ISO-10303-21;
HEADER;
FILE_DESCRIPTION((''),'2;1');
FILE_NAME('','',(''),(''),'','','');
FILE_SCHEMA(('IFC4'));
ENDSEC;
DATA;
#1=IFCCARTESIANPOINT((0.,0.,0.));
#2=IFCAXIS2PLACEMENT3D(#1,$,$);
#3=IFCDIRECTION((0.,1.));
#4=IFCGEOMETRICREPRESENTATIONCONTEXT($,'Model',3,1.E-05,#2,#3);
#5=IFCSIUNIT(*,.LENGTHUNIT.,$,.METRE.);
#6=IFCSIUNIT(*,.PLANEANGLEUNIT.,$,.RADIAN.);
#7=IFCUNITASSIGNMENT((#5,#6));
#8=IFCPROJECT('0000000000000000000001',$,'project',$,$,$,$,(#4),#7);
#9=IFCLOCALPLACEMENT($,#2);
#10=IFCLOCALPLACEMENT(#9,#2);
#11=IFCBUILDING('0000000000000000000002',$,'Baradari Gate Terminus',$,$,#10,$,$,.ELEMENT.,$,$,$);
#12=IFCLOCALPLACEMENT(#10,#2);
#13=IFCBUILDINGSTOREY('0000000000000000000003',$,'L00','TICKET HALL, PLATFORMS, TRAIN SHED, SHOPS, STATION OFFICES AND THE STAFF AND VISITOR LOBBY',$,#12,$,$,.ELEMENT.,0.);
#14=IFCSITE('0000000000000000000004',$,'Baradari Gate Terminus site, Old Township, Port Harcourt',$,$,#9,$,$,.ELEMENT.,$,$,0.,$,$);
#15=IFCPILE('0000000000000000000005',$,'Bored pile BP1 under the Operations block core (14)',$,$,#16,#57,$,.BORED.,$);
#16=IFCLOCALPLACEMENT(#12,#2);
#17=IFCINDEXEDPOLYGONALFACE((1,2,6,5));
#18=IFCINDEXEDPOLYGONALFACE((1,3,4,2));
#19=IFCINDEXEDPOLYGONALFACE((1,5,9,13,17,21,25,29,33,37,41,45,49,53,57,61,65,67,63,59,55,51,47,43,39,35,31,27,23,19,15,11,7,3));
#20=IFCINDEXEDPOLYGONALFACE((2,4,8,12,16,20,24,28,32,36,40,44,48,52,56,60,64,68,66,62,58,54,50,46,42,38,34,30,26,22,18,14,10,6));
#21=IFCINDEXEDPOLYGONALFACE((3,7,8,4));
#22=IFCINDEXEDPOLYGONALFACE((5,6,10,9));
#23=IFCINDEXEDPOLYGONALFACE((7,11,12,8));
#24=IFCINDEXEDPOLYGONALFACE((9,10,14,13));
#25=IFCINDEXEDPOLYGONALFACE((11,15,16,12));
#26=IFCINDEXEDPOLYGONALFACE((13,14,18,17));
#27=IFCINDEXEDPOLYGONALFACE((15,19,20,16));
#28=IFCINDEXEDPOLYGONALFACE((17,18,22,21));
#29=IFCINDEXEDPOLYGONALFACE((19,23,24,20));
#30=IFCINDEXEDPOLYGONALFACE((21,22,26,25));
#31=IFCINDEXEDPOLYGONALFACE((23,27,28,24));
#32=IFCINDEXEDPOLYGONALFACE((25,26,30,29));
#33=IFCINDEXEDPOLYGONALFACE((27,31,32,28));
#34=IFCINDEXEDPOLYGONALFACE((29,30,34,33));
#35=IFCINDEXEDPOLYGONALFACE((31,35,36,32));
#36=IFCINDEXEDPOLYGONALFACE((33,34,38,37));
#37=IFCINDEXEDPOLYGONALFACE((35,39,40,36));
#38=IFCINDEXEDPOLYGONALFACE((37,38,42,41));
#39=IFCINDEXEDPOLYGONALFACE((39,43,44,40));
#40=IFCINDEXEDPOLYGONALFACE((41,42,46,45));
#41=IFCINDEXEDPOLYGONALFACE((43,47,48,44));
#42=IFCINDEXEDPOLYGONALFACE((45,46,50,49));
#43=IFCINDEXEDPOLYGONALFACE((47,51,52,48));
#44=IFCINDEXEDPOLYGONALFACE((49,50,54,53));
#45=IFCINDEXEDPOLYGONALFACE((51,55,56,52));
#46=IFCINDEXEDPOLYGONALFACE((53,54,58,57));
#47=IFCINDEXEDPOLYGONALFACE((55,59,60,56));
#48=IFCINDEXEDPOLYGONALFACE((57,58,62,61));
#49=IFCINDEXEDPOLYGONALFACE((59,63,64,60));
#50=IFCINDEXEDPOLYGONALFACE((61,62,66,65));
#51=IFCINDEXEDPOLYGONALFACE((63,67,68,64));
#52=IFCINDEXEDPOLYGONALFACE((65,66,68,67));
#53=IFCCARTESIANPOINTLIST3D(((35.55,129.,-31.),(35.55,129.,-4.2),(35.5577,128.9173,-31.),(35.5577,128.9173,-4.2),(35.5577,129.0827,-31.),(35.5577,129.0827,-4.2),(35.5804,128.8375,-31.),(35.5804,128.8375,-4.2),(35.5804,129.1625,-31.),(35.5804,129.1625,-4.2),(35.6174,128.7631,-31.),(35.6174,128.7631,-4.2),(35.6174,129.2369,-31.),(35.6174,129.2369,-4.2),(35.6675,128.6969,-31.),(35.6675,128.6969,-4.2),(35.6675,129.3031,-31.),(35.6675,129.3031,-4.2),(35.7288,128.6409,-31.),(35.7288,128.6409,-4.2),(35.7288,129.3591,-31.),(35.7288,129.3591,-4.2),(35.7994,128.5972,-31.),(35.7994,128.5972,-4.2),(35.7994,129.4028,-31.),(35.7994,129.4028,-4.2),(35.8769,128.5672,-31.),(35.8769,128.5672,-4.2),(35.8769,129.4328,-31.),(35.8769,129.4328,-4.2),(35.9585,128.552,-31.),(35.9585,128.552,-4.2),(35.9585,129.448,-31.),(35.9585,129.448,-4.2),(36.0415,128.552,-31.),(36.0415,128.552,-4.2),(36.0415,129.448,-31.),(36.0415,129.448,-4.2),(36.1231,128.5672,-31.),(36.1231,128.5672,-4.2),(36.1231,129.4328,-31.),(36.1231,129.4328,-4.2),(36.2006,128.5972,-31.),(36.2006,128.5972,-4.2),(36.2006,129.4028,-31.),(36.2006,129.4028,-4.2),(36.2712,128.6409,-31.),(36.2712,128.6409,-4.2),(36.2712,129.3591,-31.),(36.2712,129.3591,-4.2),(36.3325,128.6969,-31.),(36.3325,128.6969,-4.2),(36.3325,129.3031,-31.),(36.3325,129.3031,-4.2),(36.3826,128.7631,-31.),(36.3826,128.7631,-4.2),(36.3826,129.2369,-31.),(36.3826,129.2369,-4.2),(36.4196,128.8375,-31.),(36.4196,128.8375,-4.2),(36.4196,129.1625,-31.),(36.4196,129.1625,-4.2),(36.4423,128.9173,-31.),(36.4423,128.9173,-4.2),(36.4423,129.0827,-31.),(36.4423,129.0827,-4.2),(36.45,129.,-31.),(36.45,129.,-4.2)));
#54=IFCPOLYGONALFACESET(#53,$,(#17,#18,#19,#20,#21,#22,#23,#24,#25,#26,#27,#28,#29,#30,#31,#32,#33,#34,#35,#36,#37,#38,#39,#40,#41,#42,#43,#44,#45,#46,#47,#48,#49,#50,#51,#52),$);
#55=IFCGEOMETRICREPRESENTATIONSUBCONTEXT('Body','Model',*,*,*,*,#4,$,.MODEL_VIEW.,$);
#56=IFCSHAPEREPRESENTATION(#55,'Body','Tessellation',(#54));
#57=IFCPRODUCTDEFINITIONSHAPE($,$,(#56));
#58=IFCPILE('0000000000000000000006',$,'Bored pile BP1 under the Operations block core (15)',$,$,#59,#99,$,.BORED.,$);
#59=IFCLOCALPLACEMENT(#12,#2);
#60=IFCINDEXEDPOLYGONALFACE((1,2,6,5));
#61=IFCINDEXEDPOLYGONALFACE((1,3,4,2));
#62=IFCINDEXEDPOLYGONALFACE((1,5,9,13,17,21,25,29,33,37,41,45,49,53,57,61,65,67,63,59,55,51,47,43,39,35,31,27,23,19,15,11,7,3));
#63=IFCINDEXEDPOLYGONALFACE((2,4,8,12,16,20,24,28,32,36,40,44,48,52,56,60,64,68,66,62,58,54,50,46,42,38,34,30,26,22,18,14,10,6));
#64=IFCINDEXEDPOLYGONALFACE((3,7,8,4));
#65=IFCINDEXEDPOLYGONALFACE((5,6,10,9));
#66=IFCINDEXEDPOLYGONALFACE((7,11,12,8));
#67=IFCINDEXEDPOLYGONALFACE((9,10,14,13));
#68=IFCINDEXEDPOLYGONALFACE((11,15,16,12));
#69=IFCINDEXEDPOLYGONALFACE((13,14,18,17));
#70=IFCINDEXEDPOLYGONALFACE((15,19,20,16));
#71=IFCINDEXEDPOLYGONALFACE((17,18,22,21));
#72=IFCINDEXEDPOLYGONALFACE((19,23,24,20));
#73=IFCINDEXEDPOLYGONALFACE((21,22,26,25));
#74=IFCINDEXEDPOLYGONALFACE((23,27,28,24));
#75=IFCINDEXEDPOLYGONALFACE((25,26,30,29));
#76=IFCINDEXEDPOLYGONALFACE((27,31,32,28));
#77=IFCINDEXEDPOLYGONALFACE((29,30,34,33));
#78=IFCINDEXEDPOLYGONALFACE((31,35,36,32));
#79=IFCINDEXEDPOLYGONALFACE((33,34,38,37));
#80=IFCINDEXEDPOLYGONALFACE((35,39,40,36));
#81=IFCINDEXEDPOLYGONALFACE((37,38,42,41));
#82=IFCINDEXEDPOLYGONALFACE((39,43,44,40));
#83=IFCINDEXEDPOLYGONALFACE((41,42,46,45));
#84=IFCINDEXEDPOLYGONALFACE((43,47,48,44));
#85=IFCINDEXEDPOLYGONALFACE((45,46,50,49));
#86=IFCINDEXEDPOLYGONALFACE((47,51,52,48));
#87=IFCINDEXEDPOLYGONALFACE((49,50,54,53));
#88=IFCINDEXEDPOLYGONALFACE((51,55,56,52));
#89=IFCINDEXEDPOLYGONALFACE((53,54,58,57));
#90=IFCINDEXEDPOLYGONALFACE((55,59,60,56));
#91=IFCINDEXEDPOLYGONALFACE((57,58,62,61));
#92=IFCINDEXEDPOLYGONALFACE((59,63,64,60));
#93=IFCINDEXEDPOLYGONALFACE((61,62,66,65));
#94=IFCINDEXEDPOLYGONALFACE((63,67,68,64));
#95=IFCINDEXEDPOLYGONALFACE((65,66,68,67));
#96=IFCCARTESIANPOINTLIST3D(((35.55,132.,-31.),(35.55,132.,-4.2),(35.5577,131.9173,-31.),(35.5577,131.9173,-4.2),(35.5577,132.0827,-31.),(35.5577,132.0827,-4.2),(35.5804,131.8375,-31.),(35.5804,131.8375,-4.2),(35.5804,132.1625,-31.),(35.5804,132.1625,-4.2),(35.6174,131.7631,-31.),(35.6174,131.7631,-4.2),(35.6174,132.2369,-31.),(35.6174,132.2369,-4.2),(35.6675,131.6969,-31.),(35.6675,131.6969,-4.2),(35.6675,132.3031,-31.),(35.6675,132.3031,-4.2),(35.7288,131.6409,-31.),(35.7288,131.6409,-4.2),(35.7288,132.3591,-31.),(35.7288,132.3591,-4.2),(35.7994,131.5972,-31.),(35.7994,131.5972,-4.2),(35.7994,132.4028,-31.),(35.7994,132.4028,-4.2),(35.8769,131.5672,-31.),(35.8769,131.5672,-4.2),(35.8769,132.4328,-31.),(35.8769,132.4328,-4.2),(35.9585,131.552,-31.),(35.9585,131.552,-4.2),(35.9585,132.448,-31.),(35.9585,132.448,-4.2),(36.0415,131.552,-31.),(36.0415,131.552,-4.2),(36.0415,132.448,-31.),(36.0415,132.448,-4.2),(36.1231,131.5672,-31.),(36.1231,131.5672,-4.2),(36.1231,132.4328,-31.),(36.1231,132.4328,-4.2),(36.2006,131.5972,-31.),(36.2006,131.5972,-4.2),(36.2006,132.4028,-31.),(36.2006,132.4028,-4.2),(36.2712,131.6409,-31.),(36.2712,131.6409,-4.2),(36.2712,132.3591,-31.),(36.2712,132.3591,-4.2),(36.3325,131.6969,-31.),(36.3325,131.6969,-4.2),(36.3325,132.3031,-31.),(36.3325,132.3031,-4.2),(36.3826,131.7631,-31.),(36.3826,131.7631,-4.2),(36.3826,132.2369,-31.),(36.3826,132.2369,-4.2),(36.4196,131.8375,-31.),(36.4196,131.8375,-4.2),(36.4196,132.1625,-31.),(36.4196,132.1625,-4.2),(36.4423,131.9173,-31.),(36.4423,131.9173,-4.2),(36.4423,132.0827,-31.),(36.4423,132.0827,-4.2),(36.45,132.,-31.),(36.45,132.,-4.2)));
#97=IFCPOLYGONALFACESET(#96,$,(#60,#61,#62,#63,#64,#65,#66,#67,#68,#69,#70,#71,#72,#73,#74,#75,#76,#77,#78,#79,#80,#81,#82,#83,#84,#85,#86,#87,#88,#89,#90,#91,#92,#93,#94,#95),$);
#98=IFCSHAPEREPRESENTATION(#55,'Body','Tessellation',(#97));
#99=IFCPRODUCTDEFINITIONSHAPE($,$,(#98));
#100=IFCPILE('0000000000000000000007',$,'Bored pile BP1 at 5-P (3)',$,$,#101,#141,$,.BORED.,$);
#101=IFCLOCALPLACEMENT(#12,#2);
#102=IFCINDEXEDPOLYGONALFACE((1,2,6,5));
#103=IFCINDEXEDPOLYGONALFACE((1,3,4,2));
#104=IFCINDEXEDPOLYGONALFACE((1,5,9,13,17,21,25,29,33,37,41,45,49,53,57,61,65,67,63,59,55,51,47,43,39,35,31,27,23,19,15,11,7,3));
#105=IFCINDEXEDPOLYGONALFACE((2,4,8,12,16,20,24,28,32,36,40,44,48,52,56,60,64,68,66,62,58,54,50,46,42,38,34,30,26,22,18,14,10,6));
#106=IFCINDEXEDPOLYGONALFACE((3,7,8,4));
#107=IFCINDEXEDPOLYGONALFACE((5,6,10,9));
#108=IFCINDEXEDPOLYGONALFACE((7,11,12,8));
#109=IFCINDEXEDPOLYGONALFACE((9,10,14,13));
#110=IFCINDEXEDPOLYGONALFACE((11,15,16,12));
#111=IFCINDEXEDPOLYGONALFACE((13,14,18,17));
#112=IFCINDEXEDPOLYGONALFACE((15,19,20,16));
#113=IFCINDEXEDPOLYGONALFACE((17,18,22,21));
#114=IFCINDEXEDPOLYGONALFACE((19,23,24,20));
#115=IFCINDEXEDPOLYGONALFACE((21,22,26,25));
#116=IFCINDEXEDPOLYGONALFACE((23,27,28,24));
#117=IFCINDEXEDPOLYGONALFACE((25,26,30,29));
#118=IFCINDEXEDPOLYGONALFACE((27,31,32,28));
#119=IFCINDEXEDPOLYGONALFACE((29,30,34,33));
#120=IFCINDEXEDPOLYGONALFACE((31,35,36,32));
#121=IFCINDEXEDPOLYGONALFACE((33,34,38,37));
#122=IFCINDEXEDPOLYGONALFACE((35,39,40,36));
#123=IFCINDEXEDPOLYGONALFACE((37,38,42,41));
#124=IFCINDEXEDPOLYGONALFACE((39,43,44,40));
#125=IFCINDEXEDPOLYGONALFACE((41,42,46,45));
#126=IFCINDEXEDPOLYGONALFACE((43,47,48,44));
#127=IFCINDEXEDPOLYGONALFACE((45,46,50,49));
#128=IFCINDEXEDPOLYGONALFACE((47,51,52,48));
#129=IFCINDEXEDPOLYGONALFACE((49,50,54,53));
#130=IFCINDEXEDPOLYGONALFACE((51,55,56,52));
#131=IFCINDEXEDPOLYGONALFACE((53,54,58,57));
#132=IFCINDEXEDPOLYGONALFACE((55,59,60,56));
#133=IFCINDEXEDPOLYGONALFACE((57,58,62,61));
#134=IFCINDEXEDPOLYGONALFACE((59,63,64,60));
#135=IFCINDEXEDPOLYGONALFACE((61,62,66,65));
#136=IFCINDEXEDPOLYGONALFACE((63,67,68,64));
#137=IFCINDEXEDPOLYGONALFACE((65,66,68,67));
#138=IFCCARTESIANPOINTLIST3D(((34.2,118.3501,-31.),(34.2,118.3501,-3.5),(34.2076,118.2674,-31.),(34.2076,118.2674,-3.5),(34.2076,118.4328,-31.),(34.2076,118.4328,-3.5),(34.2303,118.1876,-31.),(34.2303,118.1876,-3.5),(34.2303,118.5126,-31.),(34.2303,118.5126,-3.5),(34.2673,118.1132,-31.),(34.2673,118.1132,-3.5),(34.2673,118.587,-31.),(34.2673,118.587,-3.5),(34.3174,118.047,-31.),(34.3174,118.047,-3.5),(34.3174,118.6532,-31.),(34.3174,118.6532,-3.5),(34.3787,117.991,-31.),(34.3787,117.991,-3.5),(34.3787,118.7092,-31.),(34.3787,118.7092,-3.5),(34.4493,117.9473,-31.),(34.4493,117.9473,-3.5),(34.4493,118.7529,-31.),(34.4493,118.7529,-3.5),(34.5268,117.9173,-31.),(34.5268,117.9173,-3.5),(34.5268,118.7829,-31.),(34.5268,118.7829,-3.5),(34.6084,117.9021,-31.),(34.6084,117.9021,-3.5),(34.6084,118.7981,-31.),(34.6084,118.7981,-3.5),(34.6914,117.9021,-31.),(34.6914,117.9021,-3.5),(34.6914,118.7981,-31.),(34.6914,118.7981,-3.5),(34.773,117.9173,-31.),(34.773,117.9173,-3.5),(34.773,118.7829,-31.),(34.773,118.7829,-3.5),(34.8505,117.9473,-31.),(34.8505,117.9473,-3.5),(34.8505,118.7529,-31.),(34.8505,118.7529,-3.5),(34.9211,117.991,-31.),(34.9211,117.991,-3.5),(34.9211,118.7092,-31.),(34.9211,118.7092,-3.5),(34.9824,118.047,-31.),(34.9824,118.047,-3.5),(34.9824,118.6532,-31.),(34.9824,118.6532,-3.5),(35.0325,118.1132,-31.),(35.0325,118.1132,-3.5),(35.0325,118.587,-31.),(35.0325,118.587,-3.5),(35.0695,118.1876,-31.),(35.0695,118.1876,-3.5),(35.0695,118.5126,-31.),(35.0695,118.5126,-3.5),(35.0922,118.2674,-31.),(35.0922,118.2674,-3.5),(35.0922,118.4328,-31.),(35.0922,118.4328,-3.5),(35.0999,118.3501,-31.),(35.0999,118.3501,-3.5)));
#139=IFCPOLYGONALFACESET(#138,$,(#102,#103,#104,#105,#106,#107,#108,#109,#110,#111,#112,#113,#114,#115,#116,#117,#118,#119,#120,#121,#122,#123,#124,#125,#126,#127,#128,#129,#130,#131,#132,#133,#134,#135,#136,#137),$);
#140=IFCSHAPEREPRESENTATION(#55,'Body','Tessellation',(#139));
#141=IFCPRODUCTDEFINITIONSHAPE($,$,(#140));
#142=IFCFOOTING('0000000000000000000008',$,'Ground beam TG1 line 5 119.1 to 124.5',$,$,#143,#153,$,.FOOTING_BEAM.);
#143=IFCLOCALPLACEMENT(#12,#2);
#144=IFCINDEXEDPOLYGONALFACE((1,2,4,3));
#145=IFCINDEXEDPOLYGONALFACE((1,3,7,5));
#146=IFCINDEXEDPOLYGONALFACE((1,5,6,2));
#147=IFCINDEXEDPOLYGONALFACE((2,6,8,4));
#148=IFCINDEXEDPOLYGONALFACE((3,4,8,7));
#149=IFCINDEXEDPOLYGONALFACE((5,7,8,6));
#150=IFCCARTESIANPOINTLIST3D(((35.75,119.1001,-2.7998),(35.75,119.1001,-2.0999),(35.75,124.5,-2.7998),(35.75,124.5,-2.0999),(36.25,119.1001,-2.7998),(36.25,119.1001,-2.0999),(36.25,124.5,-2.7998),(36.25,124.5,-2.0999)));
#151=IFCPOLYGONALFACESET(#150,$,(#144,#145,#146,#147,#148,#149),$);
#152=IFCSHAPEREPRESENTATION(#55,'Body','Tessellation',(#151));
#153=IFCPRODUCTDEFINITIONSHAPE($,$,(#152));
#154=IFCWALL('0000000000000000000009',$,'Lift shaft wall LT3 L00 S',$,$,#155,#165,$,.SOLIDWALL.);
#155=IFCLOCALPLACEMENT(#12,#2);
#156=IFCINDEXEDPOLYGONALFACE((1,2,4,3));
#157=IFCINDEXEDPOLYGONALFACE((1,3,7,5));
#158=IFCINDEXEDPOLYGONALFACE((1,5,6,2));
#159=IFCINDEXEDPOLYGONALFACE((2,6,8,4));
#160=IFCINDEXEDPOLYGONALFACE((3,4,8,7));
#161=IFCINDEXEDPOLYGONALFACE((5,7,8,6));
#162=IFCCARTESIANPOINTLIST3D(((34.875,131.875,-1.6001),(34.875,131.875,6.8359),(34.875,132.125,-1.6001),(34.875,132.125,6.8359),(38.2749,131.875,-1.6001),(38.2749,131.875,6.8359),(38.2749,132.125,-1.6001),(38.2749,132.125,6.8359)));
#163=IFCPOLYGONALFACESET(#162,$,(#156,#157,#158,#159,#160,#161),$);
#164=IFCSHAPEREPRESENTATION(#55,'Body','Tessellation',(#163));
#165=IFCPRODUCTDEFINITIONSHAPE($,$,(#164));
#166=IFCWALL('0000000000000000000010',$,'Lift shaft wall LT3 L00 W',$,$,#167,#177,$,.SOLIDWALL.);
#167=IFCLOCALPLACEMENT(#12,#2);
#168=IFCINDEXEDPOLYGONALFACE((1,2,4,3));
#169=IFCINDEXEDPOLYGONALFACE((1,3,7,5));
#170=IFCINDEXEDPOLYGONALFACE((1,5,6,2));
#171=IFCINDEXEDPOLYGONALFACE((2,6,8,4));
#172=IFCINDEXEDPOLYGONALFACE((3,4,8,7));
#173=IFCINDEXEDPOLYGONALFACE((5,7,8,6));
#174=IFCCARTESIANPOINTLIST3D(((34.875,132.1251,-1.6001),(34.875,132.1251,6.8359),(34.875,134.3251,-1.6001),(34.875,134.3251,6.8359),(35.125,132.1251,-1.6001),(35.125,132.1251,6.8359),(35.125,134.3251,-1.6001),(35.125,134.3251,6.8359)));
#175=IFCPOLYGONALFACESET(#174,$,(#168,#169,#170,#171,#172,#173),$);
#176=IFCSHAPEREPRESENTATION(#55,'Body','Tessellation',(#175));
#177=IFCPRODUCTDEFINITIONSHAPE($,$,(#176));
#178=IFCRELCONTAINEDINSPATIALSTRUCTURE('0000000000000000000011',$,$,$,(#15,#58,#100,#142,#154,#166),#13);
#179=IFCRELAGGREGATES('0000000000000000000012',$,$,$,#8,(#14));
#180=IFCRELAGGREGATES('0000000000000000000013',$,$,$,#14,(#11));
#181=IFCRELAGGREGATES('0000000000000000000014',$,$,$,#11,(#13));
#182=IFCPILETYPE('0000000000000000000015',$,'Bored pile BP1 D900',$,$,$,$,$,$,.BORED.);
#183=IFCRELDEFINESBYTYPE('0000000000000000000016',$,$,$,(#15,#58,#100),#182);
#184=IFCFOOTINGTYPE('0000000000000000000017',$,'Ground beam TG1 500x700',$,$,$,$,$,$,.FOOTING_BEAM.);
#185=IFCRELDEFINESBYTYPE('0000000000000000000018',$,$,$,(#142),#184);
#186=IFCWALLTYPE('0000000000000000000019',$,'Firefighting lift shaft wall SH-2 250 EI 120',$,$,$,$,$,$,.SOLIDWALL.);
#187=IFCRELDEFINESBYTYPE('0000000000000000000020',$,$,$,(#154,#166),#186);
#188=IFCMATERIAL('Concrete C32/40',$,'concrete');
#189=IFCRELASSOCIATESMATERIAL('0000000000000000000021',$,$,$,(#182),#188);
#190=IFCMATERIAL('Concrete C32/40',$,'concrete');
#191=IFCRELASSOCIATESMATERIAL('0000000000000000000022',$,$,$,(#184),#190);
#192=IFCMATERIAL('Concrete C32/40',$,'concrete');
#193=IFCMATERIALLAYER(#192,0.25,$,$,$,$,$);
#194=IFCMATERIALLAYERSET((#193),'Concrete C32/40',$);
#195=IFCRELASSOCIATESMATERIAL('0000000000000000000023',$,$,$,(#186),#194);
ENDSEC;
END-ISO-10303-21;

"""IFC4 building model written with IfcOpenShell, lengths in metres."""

from ifc_helpers import new_model, si_unit, direction, frame, frame_2d, origin, origin_2d, place, context, subcontext, project, spatial, rectangle, circle, extrude, material, layer, layer_set, type_object, element, save


model = new_model("IFC4")

# Units and contexts
model_context = context("Model", 3, precision=1e-05, world=origin(), true_north=direction((0.0, 1.0)))
body_context = subcontext(model_context, "Body", "Model", "MODEL_VIEW")
ifc_project = project(units=[si_unit("LENGTHUNIT", "METRE"), si_unit("PLANEANGLEUNIT", "RADIAN")], contexts=[model_context])

# Site, building, storey
site_placement = place(None, origin())
site = spatial("IfcSite", under=ifc_project, at=site_placement, Name="Baradari Gate Terminus site, Old Township, Port Harcourt", CompositionType="ELEMENT", RefElevation=0.0)
building_placement = place(site_placement, origin())
building = spatial("IfcBuilding", under=site, at=building_placement, Name="Baradari Gate Terminus", CompositionType="ELEMENT")
storey_placement = place(building_placement, origin())
storey = spatial("IfcBuildingStorey", under=building, at=storey_placement, Name="L00", Description="TICKET HALL, PLATFORMS, TRAIN SHED, SHOPS, STATION OFFICES AND THE STAFF AND VISITOR LOBBY", CompositionType="ELEMENT", Elevation=0.0)

# Piles
ifc_material_1 = material(Name="Concrete C32/40", Category="concrete")
pile_type = type_object("IfcPileType", Name="Bored pile BP1 D900", PredefinedType="BORED", material=ifc_material_1)
for number, where, z_axis, x_axis, name in (
    (1, (36.0, 129.0, -4.2), (0.0, 0.0, -1.0), (1.0, 0.0, 0.0), "Bored pile BP1 under the Operations block core (14)"),
    (2, (36.0, 132.0, -4.2), (0.0, 0.0, -1.0), (1.0, 0.0, 0.0), "Bored pile BP1 under the Operations block core (15)"),
):
    element("IfcPile", number, at=place(storey_placement, frame(where, z_axis=z_axis, x_axis=x_axis)), inside=storey, type_object=pile_type, Name=name, PredefinedType="BORED", context=body_context, shape_type="SweptSolid", body=[
        extrude(circle(Radius=0.45, at=origin_2d()), origin(), (0.0, 0.0, 1.0), 26.8),
    ])
pile_placement = place(storey_placement, frame((34.6499, 118.3501, -3.5), z_axis=(0.0, 0.0, -1.0), x_axis=(1.0, 0.0, 0.0)))
element("IfcPile", 3, at=pile_placement, inside=storey, type_object=pile_type, Name="Bored pile BP1 at 5-P (3)", PredefinedType="BORED", context=body_context, shape_type="SweptSolid", body=[
    extrude(circle(Radius=0.45, at=origin_2d()), origin(), (0.0, 0.0, 1.0), 27.5),
])

# Footing
ifc_material_2 = material(Name="Concrete C32/40", Category="concrete")
footing_type = type_object("IfcFootingType", Name="Ground beam TG1 500x700", PredefinedType="FOOTING_BEAM", material=ifc_material_2)
footing_placement = place(storey_placement, frame((36.0, 121.8, -2.7998), z_axis=(0.0, 0.0, 1.0), x_axis=(1.0, 0.0, 0.0)))
element("IfcFooting", 4, at=footing_placement, inside=storey, type_object=footing_type, Name="Ground beam TG1 line 5 119.1 to 124.5", PredefinedType="FOOTING_BEAM", context=body_context, shape_type="SweptSolid", body=[
    extrude(rectangle(XDim=0.5, YDim=5.3999, at=origin_2d()), origin(), (0.0, 0.0, 1.0), 0.7),
])

# Walls
ifc_material_3 = material(Name="Concrete C32/40", Category="concrete")
ifc_layer_1 = layer(ifc_material_3, 0.25)
ifc_layer_set_1 = layer_set([ifc_layer_1], Name="Concrete C32/40")
wall_type_1 = type_object("IfcWallType", Name="Firefighting lift shaft wall SH-2 250 EI 120", PredefinedType="SOLIDWALL", material=ifc_layer_set_1)
wall_1_placement = place(storey_placement, frame((34.875, 132.0, -1.6001), z_axis=(0.0, 0.0, 1.0), x_axis=(1.0, 0.0, 0.0)))
element("IfcWall", 5, at=wall_1_placement, inside=storey, type_object=wall_type_1, Name="Lift shaft wall LT3 L00 S", PredefinedType="SOLIDWALL", context=body_context, shape_type="SweptSolid", body=[
    extrude(rectangle(XDim=3.3999, YDim=0.25, at=frame_2d((1.7, 0.0))), origin(), (0.0, 0.0, 1.0), 8.436),
])
wall_2_placement = place(storey_placement, frame((35.0, 132.125, -1.6001), z_axis=(0.0, 0.0, 1.0), x_axis=(0.0, 1.0, 0.0)))
element("IfcWall", 6, at=wall_2_placement, inside=storey, type_object=wall_type_1, Name="Lift shaft wall LT3 L00 W", PredefinedType="SOLIDWALL", context=body_context, shape_type="SweptSolid", body=[
    extrude(rectangle(XDim=2.2, YDim=0.25, at=frame_2d((1.1001, 0.0))), origin(), (0.0, 0.0, 1.0), 8.436),
])

save(model, "model.ifc")
